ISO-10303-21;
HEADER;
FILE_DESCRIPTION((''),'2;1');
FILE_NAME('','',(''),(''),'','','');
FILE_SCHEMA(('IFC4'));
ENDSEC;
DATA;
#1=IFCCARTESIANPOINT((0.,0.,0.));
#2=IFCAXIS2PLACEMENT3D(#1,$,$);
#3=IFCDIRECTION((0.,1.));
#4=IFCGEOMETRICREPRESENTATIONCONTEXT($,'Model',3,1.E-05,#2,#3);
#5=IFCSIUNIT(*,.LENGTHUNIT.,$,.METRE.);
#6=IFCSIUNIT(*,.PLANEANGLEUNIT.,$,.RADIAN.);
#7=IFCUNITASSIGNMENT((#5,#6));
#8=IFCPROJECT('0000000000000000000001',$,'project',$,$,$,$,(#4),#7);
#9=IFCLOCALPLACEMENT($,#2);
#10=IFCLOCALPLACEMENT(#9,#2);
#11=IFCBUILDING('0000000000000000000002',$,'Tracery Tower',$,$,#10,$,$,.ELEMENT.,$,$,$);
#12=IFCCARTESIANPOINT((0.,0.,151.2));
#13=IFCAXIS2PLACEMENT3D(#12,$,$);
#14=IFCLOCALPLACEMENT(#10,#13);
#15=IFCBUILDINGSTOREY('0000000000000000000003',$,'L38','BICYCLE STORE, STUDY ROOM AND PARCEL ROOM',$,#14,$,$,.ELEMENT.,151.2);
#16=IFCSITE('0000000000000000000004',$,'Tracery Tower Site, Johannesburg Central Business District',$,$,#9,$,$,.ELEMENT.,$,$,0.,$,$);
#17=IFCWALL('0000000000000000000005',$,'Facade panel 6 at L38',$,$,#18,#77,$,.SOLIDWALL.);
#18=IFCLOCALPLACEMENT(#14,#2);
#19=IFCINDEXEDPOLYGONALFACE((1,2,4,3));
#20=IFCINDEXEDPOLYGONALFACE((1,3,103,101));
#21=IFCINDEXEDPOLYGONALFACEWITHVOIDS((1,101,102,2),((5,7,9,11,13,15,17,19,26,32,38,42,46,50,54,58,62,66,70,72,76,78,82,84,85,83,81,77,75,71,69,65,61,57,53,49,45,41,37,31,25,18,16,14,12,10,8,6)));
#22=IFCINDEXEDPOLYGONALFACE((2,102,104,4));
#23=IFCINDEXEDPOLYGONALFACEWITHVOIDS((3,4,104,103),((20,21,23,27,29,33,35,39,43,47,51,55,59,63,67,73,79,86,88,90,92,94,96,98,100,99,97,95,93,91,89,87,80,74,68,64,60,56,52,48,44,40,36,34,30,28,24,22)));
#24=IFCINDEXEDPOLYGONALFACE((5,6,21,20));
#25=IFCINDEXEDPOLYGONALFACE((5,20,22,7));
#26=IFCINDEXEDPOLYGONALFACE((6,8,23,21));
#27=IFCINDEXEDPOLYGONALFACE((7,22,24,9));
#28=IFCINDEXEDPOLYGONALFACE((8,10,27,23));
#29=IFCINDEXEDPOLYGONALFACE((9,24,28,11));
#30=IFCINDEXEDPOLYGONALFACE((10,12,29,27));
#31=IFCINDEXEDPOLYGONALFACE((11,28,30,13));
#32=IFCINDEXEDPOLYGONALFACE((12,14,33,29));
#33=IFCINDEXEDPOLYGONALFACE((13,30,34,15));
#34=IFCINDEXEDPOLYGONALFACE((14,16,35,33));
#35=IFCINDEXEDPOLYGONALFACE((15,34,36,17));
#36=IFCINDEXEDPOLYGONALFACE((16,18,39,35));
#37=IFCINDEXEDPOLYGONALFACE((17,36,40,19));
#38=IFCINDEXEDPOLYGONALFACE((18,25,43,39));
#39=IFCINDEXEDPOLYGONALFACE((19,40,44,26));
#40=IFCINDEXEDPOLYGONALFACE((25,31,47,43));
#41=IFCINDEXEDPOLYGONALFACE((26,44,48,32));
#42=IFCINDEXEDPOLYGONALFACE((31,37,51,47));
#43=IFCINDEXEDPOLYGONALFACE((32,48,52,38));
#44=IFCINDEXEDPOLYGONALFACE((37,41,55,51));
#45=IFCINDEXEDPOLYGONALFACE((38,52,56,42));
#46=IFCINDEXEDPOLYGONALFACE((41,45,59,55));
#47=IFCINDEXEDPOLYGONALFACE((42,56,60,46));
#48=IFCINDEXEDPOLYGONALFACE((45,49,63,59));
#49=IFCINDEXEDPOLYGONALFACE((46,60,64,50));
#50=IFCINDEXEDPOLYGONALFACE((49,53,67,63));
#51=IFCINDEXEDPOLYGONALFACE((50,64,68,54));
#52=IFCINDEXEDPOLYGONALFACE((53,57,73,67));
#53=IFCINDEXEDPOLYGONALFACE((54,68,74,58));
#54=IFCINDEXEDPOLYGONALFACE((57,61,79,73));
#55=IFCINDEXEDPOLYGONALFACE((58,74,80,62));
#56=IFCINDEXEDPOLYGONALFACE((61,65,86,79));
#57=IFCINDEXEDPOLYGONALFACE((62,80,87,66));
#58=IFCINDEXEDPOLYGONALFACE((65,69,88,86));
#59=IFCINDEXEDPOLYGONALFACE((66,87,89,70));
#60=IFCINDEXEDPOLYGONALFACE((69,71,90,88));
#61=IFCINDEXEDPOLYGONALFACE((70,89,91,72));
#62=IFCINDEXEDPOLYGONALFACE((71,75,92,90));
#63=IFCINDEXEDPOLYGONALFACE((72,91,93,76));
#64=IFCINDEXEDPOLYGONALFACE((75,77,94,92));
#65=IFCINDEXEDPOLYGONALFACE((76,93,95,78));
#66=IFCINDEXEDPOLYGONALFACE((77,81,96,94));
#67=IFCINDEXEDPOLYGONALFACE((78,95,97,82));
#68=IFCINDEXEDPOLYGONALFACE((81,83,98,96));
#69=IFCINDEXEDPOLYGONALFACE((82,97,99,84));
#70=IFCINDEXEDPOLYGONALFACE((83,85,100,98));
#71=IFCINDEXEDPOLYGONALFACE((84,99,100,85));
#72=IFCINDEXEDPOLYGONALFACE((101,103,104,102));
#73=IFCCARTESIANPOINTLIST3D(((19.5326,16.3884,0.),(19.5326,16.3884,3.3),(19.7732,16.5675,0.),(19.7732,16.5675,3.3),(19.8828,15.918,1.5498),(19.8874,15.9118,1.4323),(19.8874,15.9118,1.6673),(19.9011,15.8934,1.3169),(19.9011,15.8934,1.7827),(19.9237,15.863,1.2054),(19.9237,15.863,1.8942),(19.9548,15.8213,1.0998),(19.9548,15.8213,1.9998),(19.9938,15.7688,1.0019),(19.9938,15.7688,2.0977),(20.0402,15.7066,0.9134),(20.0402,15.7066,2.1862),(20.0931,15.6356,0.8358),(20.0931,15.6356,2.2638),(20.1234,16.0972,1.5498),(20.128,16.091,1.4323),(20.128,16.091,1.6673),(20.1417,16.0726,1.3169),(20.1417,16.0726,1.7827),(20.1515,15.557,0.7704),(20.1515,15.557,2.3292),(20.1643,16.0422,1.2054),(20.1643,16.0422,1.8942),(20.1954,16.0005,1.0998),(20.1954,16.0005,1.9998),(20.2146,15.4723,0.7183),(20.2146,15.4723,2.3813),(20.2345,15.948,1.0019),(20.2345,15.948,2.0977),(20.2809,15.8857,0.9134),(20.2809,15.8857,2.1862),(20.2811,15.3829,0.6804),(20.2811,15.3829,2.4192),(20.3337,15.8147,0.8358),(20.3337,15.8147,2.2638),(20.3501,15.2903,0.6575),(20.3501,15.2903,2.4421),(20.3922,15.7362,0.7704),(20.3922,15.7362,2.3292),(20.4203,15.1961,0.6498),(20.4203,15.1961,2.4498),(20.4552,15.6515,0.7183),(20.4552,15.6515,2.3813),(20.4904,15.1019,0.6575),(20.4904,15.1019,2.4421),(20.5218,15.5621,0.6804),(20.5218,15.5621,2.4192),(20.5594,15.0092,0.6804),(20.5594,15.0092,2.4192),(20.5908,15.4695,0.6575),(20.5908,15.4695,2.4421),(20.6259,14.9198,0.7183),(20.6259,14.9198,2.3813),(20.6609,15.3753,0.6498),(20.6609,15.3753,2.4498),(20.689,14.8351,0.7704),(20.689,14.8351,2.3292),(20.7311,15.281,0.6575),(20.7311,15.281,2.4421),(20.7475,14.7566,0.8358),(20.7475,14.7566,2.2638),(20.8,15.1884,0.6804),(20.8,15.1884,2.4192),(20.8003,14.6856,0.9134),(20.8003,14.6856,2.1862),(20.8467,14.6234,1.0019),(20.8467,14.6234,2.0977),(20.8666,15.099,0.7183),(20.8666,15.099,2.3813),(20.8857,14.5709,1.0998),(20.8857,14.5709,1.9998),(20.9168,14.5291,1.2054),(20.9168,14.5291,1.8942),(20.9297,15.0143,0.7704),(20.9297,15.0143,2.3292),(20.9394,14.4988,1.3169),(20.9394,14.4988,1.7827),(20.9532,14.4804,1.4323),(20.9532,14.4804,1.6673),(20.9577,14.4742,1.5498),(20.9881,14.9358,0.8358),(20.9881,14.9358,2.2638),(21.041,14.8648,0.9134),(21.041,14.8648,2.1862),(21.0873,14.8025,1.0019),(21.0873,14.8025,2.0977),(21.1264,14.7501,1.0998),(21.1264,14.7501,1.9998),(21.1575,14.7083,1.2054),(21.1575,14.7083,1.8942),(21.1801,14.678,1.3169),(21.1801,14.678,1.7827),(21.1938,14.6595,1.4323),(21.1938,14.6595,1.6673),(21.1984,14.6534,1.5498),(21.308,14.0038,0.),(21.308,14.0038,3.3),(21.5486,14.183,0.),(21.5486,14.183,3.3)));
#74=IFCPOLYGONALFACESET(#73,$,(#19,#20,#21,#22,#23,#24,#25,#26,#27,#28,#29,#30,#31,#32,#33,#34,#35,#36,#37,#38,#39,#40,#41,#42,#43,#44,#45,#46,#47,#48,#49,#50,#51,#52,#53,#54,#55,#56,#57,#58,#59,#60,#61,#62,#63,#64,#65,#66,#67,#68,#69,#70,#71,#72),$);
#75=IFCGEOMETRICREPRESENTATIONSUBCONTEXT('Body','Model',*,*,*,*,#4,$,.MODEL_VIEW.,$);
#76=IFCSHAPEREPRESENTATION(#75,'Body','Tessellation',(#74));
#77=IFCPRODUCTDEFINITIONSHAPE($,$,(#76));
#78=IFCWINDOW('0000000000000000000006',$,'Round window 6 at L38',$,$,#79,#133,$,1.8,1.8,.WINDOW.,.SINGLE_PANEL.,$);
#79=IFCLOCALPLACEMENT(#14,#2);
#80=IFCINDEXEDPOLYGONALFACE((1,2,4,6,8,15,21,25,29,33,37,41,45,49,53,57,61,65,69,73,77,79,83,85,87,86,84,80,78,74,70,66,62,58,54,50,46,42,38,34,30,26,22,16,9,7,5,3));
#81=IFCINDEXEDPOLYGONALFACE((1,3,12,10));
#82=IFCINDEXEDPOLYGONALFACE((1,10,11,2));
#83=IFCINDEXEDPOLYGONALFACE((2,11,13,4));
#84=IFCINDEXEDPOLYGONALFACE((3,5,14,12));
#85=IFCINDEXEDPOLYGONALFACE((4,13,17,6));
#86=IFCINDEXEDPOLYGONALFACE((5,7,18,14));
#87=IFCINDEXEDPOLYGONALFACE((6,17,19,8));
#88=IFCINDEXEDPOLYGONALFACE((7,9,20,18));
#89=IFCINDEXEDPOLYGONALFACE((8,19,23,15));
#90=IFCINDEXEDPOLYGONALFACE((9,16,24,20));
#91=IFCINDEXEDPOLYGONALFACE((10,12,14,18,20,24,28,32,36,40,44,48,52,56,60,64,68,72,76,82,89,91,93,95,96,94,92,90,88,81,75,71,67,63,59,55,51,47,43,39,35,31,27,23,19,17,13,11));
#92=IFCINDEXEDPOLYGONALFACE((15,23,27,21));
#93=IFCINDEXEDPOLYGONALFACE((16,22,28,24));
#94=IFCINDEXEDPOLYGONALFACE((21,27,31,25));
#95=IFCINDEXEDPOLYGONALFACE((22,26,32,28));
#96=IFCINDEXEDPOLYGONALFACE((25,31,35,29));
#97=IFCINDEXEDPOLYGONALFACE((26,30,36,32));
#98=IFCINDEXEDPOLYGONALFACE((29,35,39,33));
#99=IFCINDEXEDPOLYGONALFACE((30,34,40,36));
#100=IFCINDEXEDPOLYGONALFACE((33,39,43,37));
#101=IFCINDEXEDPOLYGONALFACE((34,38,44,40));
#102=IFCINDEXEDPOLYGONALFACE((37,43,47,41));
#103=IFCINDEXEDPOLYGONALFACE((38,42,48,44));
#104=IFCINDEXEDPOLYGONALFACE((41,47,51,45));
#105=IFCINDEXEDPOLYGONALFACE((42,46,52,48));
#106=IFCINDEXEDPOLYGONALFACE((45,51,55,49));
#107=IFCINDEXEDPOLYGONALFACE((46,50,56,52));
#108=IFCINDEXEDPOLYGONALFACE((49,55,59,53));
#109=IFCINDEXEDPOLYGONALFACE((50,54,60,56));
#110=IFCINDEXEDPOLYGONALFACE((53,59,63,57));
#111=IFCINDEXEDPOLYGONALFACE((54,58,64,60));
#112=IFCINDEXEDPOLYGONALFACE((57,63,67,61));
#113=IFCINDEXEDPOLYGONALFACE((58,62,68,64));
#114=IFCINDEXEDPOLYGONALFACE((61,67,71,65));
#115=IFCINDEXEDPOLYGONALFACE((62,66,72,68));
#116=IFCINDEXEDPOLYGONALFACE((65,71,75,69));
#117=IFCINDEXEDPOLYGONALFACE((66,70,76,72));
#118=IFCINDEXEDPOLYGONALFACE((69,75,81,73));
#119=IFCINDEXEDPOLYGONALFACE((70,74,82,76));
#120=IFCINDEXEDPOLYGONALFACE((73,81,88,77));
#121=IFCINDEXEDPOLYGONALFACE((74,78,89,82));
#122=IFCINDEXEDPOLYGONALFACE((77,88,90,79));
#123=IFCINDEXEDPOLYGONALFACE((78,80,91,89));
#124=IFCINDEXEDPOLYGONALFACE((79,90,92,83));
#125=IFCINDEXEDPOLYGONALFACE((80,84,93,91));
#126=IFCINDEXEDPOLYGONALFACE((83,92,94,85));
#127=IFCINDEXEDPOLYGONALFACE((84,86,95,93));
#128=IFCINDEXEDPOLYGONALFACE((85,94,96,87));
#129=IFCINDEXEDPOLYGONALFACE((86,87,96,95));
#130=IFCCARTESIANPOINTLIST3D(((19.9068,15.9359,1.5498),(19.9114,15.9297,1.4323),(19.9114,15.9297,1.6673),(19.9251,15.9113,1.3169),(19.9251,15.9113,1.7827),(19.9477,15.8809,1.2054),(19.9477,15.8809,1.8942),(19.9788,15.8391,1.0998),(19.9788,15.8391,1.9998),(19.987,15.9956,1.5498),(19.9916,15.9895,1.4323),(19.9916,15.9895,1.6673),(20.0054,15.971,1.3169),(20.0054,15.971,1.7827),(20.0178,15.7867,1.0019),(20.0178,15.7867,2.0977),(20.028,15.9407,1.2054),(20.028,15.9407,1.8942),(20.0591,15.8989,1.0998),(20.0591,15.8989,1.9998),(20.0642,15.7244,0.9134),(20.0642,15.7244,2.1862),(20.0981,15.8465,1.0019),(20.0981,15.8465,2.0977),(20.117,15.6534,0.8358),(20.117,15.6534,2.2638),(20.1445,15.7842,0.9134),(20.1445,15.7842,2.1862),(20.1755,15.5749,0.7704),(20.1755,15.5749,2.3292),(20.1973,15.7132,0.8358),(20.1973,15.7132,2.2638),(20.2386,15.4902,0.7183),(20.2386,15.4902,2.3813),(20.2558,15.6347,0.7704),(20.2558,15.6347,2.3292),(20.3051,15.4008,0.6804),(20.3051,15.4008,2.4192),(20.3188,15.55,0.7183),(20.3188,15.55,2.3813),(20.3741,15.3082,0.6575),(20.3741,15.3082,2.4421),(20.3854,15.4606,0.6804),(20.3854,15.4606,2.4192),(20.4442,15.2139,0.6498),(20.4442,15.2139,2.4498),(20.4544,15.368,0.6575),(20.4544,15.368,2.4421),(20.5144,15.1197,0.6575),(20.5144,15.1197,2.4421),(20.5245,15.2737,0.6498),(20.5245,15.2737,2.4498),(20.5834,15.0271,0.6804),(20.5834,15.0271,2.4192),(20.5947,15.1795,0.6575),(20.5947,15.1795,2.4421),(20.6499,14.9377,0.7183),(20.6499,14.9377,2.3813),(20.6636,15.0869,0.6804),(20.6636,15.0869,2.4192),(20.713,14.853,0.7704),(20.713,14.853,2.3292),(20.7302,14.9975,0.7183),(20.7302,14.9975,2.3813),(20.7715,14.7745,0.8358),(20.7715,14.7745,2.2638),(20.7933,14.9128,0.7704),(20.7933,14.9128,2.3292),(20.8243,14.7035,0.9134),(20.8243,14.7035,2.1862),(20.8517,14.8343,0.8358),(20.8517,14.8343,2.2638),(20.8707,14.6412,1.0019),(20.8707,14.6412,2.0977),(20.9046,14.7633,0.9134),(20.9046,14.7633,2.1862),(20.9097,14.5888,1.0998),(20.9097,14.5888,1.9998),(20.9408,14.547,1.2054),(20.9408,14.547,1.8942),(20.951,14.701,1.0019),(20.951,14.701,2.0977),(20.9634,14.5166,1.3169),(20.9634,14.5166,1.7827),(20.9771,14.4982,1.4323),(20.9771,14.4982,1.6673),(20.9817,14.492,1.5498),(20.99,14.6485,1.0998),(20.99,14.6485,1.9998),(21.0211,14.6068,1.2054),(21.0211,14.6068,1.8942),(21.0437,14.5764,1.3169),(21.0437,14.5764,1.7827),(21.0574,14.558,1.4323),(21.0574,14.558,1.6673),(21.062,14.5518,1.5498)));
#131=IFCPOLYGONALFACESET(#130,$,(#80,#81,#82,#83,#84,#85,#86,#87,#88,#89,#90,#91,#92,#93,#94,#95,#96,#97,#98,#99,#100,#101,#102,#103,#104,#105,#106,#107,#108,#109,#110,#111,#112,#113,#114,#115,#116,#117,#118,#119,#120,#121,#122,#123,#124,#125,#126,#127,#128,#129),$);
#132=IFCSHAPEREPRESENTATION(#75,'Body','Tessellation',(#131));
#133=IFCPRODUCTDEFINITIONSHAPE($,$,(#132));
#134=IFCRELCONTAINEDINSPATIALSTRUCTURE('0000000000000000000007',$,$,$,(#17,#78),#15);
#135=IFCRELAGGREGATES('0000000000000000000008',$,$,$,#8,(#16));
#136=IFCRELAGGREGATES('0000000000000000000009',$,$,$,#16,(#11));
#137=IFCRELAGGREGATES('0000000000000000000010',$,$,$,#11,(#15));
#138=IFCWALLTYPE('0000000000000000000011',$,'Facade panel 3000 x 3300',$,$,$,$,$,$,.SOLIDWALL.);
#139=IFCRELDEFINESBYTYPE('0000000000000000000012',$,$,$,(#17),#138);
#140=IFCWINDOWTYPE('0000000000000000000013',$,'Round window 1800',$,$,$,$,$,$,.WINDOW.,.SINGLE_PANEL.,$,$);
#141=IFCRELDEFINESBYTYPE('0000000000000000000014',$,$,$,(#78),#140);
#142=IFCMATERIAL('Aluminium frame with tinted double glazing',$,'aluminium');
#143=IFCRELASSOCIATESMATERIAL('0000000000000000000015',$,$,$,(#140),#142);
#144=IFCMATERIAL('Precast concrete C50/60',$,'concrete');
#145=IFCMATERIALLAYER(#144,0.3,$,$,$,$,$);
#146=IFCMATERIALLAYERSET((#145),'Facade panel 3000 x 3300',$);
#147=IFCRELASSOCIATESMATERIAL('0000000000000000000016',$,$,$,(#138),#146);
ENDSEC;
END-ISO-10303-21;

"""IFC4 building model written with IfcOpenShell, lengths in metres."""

from ifc_helpers import new_model, si_unit, direction, frame, frame_2d, origin, origin_2d, place, context, subcontext, project, spatial, rectangle, circle, extrude, material, layer, layer_set, type_object, element, fill, save


model = new_model("IFC4")

# Units and contexts
model_context = context("Model", 3, precision=1e-05, world=origin(), true_north=direction((0.0, 1.0)))
body_context = subcontext(model_context, "Body", "Model", "MODEL_VIEW")
ifc_project = project(units=[si_unit("LENGTHUNIT", "METRE"), si_unit("PLANEANGLEUNIT", "RADIAN")], contexts=[model_context])

# Site, building, storey
site_placement = place(None, origin())
site = spatial("IfcSite", under=ifc_project, at=site_placement, Name="Tracery Tower Site, Johannesburg Central Business District", CompositionType="ELEMENT", RefElevation=0.0)
building_placement = place(site_placement, origin())
building = spatial("IfcBuilding", under=site, at=building_placement, Name="Tracery Tower", CompositionType="ELEMENT")
storey_placement = place(building_placement, frame((0.0, 0.0, 151.2)))
storey = spatial("IfcBuildingStorey", under=building, at=storey_placement, Name="L38", Description="BICYCLE STORE, STUDY ROOM AND PARCEL ROOM", CompositionType="ELEMENT", Elevation=151.2)

# Wall, opening, window
ifc_material_1 = material(Name="Aluminium frame with tinted double glazing", Category="aluminium")
window_type = type_object("IfcWindowType", Name="Round window 1800", PartitioningType="SINGLE_PANEL", PredefinedType="WINDOW", material=ifc_material_1)
ifc_material_2 = material(Name="Precast concrete C50/60", Category="concrete")
ifc_layer_1 = layer(ifc_material_2, 0.3)
ifc_layer_set_1 = layer_set([ifc_layer_1], Name="Facade panel 3000 x 3300")
wall_type_1 = type_object("IfcWallType", Name="Facade panel 3000 x 3300", PredefinedType="SOLIDWALL", material=ifc_layer_set_1)
wall_1_placement = place(storey_placement, frame((21.4282, 14.0935, 0.0), z_axis=(0.0, 0.0, 1.0), x_axis=(-0.597198, 0.802094, 0.0)))
wall_1 = element("IfcWall", 1, at=wall_1_placement, inside=storey, type_object=wall_type_1, Name="Facade panel 6 at L38", PredefinedType="SOLIDWALL", context=body_context, shape_type="SweptSolid", body=[
    extrude(rectangle(XDim=2.9729, YDim=0.3, at=frame_2d((1.4863, 0.0))), origin(), (0.0, 0.0, 1.0), 3.3),
])
opening_1_placement = place(wall_1_placement, frame((1.4863, 0.0, 1.5498)))
opening_1 = element("IfcOpeningElement", 2, at=opening_1_placement, cuts=wall_1, PredefinedType="OPENING", context=body_context, shape_type="SweptSolid", body=[
    extrude(circle(Radius=0.9, at=origin_2d()), frame((0.0, 0.1599, 0.0), z_axis=(0.0, -1.0, 0.0), x_axis=(1.0, 0.0, 0.0)), (0.0, 0.0, 1.0), 0.3201),
])
window_1_placement = place(opening_1_placement, origin())
window_1 = element("IfcWindow", 3, at=window_1_placement, inside=storey, type_object=window_type, Name="Round window 6 at L38", OverallHeight=1.8, OverallWidth=1.8, PartitioningType="SINGLE_PANEL", PredefinedType="WINDOW", context=body_context, shape_type="SweptSolid", body=[
    extrude(circle(Radius=0.9, at=origin_2d()), frame((0.0, 0.1201, 0.0), z_axis=(0.0, -1.0, 0.0), x_axis=(1.0, 0.0, 0.0)), (0.0, 0.0, 1.0), 0.1001),
])
fill(opening_1, window_1)

save(model, "model.ifc")
